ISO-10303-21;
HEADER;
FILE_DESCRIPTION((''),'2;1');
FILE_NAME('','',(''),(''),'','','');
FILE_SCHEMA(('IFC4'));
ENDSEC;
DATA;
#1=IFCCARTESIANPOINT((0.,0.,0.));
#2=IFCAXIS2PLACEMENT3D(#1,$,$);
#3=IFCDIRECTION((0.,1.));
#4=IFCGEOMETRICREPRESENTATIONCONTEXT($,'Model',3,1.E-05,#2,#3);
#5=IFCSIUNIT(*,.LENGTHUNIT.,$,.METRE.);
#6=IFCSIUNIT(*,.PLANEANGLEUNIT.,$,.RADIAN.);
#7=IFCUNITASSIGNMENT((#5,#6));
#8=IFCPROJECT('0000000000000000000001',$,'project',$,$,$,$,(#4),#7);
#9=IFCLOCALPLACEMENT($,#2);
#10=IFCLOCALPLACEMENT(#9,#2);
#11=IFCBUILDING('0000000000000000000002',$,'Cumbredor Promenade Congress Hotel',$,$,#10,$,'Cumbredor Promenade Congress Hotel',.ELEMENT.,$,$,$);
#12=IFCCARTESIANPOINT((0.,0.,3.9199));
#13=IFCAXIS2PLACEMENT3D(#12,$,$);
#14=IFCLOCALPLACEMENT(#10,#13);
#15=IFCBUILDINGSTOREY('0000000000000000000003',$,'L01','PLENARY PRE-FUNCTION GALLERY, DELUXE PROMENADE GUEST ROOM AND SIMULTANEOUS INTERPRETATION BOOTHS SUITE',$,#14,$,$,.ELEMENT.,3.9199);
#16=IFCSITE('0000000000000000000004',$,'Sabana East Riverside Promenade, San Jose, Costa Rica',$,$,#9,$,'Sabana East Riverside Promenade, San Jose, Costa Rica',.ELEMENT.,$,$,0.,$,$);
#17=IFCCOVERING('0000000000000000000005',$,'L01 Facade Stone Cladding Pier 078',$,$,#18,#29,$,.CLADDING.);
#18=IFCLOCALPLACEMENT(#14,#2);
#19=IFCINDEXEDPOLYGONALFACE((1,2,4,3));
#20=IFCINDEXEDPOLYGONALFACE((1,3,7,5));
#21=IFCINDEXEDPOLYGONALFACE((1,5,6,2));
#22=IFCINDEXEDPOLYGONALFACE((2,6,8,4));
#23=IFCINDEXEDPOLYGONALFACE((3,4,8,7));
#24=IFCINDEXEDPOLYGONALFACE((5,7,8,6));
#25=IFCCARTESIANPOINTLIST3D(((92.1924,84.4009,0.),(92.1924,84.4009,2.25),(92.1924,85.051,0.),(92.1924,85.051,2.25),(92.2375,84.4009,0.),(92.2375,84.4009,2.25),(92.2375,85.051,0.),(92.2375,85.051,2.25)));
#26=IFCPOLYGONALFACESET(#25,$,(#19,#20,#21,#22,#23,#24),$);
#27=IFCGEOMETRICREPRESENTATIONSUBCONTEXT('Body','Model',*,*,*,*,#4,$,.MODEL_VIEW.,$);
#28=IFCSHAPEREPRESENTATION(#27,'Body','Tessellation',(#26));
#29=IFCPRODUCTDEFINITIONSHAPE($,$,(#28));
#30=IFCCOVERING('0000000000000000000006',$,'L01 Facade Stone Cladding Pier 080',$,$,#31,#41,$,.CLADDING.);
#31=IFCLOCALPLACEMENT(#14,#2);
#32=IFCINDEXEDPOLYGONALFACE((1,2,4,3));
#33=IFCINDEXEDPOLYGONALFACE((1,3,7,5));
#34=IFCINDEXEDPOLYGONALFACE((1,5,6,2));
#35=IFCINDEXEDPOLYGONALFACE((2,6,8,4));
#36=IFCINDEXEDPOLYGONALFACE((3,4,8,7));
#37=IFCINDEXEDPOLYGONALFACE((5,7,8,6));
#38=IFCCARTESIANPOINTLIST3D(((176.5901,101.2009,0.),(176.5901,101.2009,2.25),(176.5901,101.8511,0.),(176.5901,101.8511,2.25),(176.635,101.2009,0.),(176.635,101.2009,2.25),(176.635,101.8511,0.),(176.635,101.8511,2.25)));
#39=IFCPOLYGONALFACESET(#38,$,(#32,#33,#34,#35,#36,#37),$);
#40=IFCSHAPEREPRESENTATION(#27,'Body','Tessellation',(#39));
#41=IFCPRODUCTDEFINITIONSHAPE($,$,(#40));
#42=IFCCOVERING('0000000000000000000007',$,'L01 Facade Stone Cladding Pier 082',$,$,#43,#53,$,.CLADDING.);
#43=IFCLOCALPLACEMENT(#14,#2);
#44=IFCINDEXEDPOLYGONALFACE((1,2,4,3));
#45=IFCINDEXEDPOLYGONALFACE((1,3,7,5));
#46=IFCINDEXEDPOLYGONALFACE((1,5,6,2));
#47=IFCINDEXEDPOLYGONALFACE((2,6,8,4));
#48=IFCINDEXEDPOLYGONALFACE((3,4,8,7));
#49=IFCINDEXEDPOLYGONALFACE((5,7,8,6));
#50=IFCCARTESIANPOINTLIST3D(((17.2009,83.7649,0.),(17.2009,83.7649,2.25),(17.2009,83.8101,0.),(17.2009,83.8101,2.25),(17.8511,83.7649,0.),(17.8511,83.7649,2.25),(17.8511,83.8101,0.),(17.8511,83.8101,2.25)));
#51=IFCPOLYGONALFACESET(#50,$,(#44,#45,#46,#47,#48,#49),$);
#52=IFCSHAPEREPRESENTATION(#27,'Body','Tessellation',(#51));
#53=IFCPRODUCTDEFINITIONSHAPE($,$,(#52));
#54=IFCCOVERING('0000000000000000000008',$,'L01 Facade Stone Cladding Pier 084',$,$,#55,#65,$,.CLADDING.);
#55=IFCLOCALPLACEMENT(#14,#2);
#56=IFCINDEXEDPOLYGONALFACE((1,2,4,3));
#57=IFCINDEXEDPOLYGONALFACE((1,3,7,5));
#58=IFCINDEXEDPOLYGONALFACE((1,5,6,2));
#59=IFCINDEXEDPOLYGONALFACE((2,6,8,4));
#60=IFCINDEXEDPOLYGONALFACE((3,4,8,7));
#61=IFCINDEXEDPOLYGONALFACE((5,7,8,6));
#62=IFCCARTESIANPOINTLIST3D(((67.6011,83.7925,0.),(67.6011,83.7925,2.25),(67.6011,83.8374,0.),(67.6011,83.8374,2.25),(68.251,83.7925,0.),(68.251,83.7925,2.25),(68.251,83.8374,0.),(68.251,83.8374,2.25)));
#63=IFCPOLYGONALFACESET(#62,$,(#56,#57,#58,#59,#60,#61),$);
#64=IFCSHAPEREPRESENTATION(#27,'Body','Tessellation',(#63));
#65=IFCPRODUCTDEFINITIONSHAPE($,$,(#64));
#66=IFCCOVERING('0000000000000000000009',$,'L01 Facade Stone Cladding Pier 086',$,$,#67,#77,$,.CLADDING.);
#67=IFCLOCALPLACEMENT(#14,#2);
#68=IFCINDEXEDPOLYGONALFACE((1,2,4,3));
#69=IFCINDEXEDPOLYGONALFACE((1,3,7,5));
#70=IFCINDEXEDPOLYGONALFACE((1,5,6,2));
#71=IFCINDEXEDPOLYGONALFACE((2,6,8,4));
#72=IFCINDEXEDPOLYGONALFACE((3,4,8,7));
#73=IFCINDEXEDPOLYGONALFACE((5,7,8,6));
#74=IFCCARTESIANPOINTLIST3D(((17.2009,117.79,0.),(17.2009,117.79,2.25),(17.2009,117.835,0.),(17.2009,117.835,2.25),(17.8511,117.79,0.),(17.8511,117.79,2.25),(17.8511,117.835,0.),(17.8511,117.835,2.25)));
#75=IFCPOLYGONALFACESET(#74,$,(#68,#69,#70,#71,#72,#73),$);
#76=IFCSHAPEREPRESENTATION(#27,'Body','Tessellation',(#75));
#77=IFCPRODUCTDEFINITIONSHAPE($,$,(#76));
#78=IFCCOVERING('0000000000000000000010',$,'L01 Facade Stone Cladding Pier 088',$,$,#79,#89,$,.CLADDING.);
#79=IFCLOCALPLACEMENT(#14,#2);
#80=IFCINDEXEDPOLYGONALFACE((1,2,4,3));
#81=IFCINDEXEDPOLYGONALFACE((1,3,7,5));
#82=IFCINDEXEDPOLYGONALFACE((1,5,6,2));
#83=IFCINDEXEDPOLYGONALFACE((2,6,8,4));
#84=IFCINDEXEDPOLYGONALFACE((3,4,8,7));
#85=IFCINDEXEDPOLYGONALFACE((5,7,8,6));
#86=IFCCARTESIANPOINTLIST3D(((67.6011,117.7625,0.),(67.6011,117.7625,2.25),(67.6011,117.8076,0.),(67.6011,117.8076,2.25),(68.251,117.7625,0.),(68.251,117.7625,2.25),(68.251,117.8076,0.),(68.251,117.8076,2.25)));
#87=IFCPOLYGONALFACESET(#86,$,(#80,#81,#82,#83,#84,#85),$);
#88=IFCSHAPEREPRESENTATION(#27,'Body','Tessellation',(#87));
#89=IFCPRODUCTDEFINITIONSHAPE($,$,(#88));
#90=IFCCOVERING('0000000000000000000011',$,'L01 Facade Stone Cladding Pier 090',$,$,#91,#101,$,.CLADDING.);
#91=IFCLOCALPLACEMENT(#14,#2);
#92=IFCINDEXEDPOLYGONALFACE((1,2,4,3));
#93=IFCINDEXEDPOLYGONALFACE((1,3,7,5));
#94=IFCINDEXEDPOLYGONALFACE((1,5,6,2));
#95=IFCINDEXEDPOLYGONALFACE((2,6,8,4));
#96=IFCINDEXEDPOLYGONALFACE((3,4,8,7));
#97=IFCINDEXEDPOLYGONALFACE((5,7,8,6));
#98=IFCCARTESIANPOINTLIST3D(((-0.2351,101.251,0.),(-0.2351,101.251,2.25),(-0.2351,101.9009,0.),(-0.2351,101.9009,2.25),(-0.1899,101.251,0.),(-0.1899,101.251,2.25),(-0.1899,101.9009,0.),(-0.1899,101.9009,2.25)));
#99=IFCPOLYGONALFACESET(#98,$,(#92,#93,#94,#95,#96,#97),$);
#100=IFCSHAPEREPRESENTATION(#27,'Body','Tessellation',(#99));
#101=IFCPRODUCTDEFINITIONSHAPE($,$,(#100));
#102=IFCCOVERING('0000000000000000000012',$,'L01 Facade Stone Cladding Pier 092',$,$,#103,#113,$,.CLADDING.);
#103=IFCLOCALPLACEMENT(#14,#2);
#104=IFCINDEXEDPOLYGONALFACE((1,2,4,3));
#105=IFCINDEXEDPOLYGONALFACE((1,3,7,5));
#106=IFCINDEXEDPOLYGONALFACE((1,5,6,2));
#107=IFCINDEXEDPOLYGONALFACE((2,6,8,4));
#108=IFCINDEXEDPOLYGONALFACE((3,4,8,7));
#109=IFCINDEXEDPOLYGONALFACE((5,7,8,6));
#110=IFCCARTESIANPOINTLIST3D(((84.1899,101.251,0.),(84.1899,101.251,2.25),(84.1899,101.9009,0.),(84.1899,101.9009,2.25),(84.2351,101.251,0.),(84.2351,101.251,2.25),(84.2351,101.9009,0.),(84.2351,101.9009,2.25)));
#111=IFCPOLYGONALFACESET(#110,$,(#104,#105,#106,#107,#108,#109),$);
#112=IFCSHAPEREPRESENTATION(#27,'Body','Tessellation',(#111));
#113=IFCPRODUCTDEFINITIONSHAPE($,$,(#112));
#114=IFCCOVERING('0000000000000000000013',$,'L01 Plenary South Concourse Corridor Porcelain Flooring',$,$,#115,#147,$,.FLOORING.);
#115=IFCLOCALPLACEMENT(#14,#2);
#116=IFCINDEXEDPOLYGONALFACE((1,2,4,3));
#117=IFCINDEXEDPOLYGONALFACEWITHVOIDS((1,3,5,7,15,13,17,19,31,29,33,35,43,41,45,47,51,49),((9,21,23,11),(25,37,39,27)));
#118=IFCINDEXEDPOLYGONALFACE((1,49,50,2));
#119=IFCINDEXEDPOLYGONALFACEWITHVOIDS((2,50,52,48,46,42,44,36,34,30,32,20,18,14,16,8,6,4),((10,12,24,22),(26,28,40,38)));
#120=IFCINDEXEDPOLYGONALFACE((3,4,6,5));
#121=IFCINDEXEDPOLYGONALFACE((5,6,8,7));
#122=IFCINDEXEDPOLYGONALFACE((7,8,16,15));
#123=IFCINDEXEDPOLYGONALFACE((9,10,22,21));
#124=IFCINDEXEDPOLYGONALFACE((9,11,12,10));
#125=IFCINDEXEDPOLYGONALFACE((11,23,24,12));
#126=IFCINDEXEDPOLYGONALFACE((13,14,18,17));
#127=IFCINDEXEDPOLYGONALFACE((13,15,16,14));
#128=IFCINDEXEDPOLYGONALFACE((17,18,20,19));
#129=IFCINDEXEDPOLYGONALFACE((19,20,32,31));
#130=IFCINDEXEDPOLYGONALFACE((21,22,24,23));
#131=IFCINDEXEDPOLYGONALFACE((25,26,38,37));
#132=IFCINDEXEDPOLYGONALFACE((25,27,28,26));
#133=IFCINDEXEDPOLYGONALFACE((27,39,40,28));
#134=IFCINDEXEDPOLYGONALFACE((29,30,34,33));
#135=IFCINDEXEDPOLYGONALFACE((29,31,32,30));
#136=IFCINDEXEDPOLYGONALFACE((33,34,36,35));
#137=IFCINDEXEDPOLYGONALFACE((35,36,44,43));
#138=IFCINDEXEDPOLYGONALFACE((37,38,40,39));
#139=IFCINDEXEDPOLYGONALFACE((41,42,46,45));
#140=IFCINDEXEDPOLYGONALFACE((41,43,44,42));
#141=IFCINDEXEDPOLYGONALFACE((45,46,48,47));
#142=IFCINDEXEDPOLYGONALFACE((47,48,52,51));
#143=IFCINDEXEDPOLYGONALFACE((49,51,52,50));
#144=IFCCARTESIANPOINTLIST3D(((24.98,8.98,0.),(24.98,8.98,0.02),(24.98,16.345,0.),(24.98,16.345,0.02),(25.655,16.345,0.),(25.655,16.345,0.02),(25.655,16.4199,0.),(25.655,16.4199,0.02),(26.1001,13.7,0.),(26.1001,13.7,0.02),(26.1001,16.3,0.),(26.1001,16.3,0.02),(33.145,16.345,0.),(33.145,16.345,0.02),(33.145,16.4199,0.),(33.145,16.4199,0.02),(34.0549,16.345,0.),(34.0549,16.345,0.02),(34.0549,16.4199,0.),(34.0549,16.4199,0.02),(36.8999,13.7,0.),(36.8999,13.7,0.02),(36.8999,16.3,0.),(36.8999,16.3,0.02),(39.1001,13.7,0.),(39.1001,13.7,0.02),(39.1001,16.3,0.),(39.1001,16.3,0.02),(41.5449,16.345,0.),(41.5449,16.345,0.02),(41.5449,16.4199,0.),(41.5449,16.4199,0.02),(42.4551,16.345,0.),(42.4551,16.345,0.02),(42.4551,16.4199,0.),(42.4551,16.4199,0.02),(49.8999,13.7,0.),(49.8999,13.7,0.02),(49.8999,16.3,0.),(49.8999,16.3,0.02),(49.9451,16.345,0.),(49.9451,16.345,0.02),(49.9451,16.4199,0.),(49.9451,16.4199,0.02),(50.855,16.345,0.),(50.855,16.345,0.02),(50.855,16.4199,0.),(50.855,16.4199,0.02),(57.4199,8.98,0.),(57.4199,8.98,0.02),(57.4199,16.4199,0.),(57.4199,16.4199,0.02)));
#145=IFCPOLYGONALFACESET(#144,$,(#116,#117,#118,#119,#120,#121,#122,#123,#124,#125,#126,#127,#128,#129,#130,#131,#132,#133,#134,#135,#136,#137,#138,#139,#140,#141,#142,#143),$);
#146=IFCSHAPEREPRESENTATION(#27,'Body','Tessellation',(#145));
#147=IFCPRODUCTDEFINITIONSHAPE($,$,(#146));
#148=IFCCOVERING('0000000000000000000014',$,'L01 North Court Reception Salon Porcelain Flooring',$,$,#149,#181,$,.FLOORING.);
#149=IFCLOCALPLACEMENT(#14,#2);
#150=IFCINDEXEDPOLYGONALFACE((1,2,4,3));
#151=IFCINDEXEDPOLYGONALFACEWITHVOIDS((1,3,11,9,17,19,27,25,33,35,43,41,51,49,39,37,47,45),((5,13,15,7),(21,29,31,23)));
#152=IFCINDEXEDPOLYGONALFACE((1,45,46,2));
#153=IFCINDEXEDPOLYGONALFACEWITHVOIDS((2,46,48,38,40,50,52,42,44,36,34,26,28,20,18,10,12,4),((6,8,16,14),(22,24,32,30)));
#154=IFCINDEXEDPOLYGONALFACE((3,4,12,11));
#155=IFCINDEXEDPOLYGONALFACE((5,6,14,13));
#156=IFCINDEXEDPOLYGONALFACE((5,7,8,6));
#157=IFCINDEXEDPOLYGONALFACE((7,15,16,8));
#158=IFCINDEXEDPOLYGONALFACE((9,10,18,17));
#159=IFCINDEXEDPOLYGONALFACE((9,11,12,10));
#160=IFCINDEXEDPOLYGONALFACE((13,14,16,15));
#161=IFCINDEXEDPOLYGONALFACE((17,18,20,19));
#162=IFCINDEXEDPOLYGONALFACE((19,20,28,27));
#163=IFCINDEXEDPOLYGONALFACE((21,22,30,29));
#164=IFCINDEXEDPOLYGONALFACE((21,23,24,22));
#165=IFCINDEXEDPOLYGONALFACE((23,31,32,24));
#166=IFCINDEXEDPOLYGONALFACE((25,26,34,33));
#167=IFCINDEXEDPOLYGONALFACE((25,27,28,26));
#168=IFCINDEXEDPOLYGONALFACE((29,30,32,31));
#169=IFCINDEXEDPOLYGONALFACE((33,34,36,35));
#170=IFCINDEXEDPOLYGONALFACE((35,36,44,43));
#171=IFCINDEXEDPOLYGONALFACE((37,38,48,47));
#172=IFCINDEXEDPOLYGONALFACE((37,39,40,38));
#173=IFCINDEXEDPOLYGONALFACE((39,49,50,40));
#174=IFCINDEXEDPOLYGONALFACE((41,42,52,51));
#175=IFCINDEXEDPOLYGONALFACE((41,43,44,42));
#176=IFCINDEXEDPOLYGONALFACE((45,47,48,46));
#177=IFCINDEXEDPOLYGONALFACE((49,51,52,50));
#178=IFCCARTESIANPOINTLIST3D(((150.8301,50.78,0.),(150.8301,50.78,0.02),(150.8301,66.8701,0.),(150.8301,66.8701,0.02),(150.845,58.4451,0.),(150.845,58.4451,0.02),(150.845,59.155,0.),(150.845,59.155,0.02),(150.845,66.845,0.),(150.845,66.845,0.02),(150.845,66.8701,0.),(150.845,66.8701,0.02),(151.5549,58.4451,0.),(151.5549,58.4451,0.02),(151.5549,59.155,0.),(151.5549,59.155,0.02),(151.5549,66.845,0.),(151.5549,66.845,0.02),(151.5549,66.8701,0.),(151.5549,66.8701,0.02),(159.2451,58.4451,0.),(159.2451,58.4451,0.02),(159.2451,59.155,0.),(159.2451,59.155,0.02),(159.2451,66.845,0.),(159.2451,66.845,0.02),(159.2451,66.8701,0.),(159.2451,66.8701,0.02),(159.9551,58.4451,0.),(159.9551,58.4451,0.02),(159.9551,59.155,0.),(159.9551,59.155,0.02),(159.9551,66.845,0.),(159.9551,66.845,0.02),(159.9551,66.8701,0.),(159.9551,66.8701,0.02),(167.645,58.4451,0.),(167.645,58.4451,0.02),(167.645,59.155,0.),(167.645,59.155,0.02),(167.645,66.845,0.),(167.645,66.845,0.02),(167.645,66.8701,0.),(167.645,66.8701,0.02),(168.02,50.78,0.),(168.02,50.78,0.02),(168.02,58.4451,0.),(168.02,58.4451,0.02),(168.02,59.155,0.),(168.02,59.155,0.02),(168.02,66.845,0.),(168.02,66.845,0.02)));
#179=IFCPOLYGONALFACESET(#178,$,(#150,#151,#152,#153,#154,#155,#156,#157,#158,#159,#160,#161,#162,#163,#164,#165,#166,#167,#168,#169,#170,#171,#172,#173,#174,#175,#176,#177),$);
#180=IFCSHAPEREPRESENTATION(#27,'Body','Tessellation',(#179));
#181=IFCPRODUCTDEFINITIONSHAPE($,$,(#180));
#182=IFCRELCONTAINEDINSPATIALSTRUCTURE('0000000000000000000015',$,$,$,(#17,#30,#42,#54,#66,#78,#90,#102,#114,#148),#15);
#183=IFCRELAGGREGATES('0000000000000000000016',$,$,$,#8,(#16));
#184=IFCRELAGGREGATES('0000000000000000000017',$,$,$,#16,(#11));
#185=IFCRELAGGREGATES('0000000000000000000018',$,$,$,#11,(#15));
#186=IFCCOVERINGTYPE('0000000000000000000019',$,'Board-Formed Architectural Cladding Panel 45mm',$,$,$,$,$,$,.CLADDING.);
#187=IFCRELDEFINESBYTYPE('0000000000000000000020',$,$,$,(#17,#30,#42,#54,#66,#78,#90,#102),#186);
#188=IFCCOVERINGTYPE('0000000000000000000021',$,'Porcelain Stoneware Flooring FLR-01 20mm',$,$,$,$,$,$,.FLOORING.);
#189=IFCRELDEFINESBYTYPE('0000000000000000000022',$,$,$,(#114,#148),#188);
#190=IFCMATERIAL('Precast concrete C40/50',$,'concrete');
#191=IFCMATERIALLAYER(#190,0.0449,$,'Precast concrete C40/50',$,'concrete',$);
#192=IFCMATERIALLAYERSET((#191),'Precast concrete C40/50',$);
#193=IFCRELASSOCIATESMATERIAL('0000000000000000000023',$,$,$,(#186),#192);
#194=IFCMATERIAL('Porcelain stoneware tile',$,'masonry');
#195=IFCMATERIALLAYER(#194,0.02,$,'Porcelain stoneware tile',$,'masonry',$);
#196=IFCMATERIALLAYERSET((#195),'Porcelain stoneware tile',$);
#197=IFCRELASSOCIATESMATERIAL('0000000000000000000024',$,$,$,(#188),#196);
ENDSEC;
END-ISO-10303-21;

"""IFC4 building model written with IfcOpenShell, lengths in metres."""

from ifc_helpers import new_model, si_unit, direction, frame, origin, place, context, subcontext, project, spatial, polyline, outline, extrude, material, layer, layer_set, type_object, element, save


model = new_model("IFC4")

# Units and contexts
model_context = context("Model", 3, precision=1e-05, world=origin(), true_north=direction((0.0, 1.0)))
body_context = subcontext(model_context, "Body", "Model", "MODEL_VIEW")
ifc_project = project(units=[si_unit("LENGTHUNIT", "METRE"), si_unit("PLANEANGLEUNIT", "RADIAN")], contexts=[model_context])

# Site, building, storey
site_placement = place(None, origin())
site = spatial("IfcSite", under=ifc_project, at=site_placement, Name="Sabana East Riverside Promenade, San Jose, Costa Rica", LongName="Sabana East Riverside Promenade, San Jose, Costa Rica", CompositionType="ELEMENT", RefElevation=0.0)
building_placement = place(site_placement, origin())
building = spatial("IfcBuilding", under=site, at=building_placement, Name="Cumbredor Promenade Congress Hotel", LongName="Cumbredor Promenade Congress Hotel", CompositionType="ELEMENT")
storey_placement = place(building_placement, frame((0.0, 0.0, 3.9199)))
storey = spatial("IfcBuildingStorey", under=building, at=storey_placement, Name="L01", Description="PLENARY PRE-FUNCTION GALLERY, DELUXE PROMENADE GUEST ROOM AND SIMULTANEOUS INTERPRETATION BOOTHS SUITE", CompositionType="ELEMENT", Elevation=3.9199)

# Coverings
ifc_material_1 = material(Name="Precast concrete C40/50", Category="concrete")
ifc_layer_1 = layer(ifc_material_1, 0.0449, Name="Precast concrete C40/50", Category="concrete")
ifc_layer_set_1 = layer_set([ifc_layer_1], Name="Precast concrete C40/50")
covering_type_1 = type_object("IfcCoveringType", Name="Board-Formed Architectural Cladding Panel 45mm", PredefinedType="CLADDING", material=ifc_layer_set_1)
covering_1_placement = place(storey_placement, origin())
element("IfcCovering", 1, at=covering_1_placement, inside=storey, type_object=covering_type_1, Name="L01 Facade Stone Cladding Pier 078", PredefinedType="CLADDING", context=body_context, shape_type="SweptSolid", body=[
    extrude(outline(polyline([(92.2375, 84.4009), (92.2375, 85.051), (92.1924, 85.051), (92.1924, 84.4009), (92.2375, 84.4009)])), origin(), (0.0, 0.0, 1.0), 2.25),
])
covering_2_placement = place(storey_placement, origin())
element("IfcCovering", 2, at=covering_2_placement, inside=storey, type_object=covering_type_1, Name="L01 Facade Stone Cladding Pier 080", PredefinedType="CLADDING", context=body_context, shape_type="SweptSolid", body=[
    extrude(outline(polyline([(176.5901, 101.2009), (176.5901, 101.8511), (176.635, 101.8511), (176.635, 101.2009), (176.5901, 101.2009)])), origin(), (0.0, 0.0, 1.0), 2.25),
])
covering_3_placement = place(storey_placement, origin())
element("IfcCovering", 3, at=covering_3_placement, inside=storey, type_object=covering_type_1, Name="L01 Facade Stone Cladding Pier 082", PredefinedType="CLADDING", context=body_context, shape_type="SweptSolid", body=[
    extrude(outline(polyline([(17.2009, 83.8101), (17.8511, 83.8101), (17.8511, 83.7649), (17.2009, 83.7649), (17.2009, 83.8101)])), origin(), (0.0, 0.0, 1.0), 2.25),
])
covering_4_placement = place(storey_placement, origin())
element("IfcCovering", 4, at=covering_4_placement, inside=storey, type_object=covering_type_1, Name="L01 Facade Stone Cladding Pier 084", PredefinedType="CLADDING", context=body_context, shape_type="SweptSolid", body=[
    extrude(outline(polyline([(67.6011, 83.8374), (68.251, 83.8374), (68.251, 83.7925), (67.6011, 83.7925), (67.6011, 83.8374)])), origin(), (0.0, 0.0, 1.0), 2.25),
])
covering_5_placement = place(storey_placement, origin())
element("IfcCovering", 5, at=covering_5_placement, inside=storey, type_object=covering_type_1, Name="L01 Facade Stone Cladding Pier 086", PredefinedType="CLADDING", context=body_context, shape_type="SweptSolid", body=[
    extrude(outline(polyline([(17.2009, 117.79), (17.8511, 117.79), (17.8511, 117.835), (17.2009, 117.835), (17.2009, 117.79)])), origin(), (0.0, 0.0, 1.0), 2.25),
])
covering_6_placement = place(storey_placement, origin())
element("IfcCovering", 6, at=covering_6_placement, inside=storey, type_object=covering_type_1, Name="L01 Facade Stone Cladding Pier 088", PredefinedType="CLADDING", context=body_context, shape_type="SweptSolid", body=[
    extrude(outline(polyline([(67.6011, 117.7625), (68.251, 117.7625), (68.251, 117.8076), (67.6011, 117.8076), (67.6011, 117.7625)])), origin(), (0.0, 0.0, 1.0), 2.25),
])
covering_7_placement = place(storey_placement, origin())
element("IfcCovering", 7, at=covering_7_placement, inside=storey, type_object=covering_type_1, Name="L01 Facade Stone Cladding Pier 090", PredefinedType="CLADDING", context=body_context, shape_type="SweptSolid", body=[
    extrude(outline(polyline([(-0.1899, 101.251), (-0.1899, 101.9009), (-0.2351, 101.9009), (-0.2351, 101.251), (-0.1899, 101.251)])), origin(), (0.0, 0.0, 1.0), 2.25),
])
covering_8_placement = place(storey_placement, origin())
element("IfcCovering", 8, at=covering_8_placement, inside=storey, type_object=covering_type_1, Name="L01 Facade Stone Cladding Pier 092", PredefinedType="CLADDING", context=body_context, shape_type="SweptSolid", body=[
    extrude(outline(polyline([(84.1899, 101.251), (84.1899, 101.9009), (84.2351, 101.9009), (84.2351, 101.251), (84.1899, 101.251)])), origin(), (0.0, 0.0, 1.0), 2.25),
])
ifc_material_2 = material(Name="Porcelain stoneware tile", Category="masonry")
ifc_layer_2 = layer(ifc_material_2, 0.02, Name="Porcelain stoneware tile", Category="masonry")
ifc_layer_set_2 = layer_set([ifc_layer_2], Name="Porcelain stoneware tile")
covering_type_2 = type_object("IfcCoveringType", Name="Porcelain Stoneware Flooring FLR-01 20mm", PredefinedType="FLOORING", material=ifc_layer_set_2)
covering_9_placement = place(storey_placement, origin())
element("IfcCovering", 9, at=covering_9_placement, inside=storey, type_object=covering_type_2, Name="L01 Plenary South Concourse Corridor Porcelain Flooring", PredefinedType="FLOORING", context=body_context, shape_type="SweptSolid", body=[
    extrude(outline(polyline([(33.145, 16.4199), (33.145, 16.345), (34.0549, 16.345), (34.0549, 16.4199), (41.5449, 16.4199), (41.5449, 16.345), (42.4551, 16.345), (42.4551, 16.4199), (49.9451, 16.4199), (49.9451, 16.345), (50.855, 16.345), (50.855, 16.4199), (57.4199, 16.4199), (57.4199, 8.98), (24.98, 8.98), (24.98, 16.345), (25.655, 16.345), (25.655, 16.4199), (33.145, 16.4199)]), holes=[polyline([(36.8999, 13.7), (36.8999, 16.3), (26.1001, 16.3), (26.1001, 13.7), (36.8999, 13.7)]), polyline([(39.1001, 16.3), (39.1001, 13.7), (49.8999, 13.7), (49.8999, 16.3), (39.1001, 16.3)])]), origin(), (0.0, 0.0, 1.0), 0.02),
])
covering_10_placement = place(storey_placement, origin())
element("IfcCovering", 10, at=covering_10_placement, inside=storey, type_object=covering_type_2, Name="L01 North Court Reception Salon Porcelain Flooring", PredefinedType="FLOORING", context=body_context, shape_type="SweptSolid", body=[
    extrude(outline(polyline([(159.2451, 66.8701), (159.2451, 66.845), (159.9551, 66.845), (159.9551, 66.8701), (167.645, 66.8701), (167.645, 66.845), (168.02, 66.845), (168.02, 59.155), (167.645, 59.155), (167.645, 58.4451), (168.02, 58.4451), (168.02, 50.78), (150.8301, 50.78), (150.8301, 66.8701), (150.845, 66.8701), (150.845, 66.845), (151.5549, 66.845), (151.5549, 66.8701), (159.2451, 66.8701)]), holes=[polyline([(150.845, 59.155), (150.845, 58.4451), (151.5549, 58.4451), (151.5549, 59.155), (150.845, 59.155)]), polyline([(159.9551, 58.4451), (159.9551, 59.155), (159.2451, 59.155), (159.2451, 58.4451), (159.9551, 58.4451)])]), origin(), (0.0, 0.0, 1.0), 0.02),
])

save(model, "model.ifc")
